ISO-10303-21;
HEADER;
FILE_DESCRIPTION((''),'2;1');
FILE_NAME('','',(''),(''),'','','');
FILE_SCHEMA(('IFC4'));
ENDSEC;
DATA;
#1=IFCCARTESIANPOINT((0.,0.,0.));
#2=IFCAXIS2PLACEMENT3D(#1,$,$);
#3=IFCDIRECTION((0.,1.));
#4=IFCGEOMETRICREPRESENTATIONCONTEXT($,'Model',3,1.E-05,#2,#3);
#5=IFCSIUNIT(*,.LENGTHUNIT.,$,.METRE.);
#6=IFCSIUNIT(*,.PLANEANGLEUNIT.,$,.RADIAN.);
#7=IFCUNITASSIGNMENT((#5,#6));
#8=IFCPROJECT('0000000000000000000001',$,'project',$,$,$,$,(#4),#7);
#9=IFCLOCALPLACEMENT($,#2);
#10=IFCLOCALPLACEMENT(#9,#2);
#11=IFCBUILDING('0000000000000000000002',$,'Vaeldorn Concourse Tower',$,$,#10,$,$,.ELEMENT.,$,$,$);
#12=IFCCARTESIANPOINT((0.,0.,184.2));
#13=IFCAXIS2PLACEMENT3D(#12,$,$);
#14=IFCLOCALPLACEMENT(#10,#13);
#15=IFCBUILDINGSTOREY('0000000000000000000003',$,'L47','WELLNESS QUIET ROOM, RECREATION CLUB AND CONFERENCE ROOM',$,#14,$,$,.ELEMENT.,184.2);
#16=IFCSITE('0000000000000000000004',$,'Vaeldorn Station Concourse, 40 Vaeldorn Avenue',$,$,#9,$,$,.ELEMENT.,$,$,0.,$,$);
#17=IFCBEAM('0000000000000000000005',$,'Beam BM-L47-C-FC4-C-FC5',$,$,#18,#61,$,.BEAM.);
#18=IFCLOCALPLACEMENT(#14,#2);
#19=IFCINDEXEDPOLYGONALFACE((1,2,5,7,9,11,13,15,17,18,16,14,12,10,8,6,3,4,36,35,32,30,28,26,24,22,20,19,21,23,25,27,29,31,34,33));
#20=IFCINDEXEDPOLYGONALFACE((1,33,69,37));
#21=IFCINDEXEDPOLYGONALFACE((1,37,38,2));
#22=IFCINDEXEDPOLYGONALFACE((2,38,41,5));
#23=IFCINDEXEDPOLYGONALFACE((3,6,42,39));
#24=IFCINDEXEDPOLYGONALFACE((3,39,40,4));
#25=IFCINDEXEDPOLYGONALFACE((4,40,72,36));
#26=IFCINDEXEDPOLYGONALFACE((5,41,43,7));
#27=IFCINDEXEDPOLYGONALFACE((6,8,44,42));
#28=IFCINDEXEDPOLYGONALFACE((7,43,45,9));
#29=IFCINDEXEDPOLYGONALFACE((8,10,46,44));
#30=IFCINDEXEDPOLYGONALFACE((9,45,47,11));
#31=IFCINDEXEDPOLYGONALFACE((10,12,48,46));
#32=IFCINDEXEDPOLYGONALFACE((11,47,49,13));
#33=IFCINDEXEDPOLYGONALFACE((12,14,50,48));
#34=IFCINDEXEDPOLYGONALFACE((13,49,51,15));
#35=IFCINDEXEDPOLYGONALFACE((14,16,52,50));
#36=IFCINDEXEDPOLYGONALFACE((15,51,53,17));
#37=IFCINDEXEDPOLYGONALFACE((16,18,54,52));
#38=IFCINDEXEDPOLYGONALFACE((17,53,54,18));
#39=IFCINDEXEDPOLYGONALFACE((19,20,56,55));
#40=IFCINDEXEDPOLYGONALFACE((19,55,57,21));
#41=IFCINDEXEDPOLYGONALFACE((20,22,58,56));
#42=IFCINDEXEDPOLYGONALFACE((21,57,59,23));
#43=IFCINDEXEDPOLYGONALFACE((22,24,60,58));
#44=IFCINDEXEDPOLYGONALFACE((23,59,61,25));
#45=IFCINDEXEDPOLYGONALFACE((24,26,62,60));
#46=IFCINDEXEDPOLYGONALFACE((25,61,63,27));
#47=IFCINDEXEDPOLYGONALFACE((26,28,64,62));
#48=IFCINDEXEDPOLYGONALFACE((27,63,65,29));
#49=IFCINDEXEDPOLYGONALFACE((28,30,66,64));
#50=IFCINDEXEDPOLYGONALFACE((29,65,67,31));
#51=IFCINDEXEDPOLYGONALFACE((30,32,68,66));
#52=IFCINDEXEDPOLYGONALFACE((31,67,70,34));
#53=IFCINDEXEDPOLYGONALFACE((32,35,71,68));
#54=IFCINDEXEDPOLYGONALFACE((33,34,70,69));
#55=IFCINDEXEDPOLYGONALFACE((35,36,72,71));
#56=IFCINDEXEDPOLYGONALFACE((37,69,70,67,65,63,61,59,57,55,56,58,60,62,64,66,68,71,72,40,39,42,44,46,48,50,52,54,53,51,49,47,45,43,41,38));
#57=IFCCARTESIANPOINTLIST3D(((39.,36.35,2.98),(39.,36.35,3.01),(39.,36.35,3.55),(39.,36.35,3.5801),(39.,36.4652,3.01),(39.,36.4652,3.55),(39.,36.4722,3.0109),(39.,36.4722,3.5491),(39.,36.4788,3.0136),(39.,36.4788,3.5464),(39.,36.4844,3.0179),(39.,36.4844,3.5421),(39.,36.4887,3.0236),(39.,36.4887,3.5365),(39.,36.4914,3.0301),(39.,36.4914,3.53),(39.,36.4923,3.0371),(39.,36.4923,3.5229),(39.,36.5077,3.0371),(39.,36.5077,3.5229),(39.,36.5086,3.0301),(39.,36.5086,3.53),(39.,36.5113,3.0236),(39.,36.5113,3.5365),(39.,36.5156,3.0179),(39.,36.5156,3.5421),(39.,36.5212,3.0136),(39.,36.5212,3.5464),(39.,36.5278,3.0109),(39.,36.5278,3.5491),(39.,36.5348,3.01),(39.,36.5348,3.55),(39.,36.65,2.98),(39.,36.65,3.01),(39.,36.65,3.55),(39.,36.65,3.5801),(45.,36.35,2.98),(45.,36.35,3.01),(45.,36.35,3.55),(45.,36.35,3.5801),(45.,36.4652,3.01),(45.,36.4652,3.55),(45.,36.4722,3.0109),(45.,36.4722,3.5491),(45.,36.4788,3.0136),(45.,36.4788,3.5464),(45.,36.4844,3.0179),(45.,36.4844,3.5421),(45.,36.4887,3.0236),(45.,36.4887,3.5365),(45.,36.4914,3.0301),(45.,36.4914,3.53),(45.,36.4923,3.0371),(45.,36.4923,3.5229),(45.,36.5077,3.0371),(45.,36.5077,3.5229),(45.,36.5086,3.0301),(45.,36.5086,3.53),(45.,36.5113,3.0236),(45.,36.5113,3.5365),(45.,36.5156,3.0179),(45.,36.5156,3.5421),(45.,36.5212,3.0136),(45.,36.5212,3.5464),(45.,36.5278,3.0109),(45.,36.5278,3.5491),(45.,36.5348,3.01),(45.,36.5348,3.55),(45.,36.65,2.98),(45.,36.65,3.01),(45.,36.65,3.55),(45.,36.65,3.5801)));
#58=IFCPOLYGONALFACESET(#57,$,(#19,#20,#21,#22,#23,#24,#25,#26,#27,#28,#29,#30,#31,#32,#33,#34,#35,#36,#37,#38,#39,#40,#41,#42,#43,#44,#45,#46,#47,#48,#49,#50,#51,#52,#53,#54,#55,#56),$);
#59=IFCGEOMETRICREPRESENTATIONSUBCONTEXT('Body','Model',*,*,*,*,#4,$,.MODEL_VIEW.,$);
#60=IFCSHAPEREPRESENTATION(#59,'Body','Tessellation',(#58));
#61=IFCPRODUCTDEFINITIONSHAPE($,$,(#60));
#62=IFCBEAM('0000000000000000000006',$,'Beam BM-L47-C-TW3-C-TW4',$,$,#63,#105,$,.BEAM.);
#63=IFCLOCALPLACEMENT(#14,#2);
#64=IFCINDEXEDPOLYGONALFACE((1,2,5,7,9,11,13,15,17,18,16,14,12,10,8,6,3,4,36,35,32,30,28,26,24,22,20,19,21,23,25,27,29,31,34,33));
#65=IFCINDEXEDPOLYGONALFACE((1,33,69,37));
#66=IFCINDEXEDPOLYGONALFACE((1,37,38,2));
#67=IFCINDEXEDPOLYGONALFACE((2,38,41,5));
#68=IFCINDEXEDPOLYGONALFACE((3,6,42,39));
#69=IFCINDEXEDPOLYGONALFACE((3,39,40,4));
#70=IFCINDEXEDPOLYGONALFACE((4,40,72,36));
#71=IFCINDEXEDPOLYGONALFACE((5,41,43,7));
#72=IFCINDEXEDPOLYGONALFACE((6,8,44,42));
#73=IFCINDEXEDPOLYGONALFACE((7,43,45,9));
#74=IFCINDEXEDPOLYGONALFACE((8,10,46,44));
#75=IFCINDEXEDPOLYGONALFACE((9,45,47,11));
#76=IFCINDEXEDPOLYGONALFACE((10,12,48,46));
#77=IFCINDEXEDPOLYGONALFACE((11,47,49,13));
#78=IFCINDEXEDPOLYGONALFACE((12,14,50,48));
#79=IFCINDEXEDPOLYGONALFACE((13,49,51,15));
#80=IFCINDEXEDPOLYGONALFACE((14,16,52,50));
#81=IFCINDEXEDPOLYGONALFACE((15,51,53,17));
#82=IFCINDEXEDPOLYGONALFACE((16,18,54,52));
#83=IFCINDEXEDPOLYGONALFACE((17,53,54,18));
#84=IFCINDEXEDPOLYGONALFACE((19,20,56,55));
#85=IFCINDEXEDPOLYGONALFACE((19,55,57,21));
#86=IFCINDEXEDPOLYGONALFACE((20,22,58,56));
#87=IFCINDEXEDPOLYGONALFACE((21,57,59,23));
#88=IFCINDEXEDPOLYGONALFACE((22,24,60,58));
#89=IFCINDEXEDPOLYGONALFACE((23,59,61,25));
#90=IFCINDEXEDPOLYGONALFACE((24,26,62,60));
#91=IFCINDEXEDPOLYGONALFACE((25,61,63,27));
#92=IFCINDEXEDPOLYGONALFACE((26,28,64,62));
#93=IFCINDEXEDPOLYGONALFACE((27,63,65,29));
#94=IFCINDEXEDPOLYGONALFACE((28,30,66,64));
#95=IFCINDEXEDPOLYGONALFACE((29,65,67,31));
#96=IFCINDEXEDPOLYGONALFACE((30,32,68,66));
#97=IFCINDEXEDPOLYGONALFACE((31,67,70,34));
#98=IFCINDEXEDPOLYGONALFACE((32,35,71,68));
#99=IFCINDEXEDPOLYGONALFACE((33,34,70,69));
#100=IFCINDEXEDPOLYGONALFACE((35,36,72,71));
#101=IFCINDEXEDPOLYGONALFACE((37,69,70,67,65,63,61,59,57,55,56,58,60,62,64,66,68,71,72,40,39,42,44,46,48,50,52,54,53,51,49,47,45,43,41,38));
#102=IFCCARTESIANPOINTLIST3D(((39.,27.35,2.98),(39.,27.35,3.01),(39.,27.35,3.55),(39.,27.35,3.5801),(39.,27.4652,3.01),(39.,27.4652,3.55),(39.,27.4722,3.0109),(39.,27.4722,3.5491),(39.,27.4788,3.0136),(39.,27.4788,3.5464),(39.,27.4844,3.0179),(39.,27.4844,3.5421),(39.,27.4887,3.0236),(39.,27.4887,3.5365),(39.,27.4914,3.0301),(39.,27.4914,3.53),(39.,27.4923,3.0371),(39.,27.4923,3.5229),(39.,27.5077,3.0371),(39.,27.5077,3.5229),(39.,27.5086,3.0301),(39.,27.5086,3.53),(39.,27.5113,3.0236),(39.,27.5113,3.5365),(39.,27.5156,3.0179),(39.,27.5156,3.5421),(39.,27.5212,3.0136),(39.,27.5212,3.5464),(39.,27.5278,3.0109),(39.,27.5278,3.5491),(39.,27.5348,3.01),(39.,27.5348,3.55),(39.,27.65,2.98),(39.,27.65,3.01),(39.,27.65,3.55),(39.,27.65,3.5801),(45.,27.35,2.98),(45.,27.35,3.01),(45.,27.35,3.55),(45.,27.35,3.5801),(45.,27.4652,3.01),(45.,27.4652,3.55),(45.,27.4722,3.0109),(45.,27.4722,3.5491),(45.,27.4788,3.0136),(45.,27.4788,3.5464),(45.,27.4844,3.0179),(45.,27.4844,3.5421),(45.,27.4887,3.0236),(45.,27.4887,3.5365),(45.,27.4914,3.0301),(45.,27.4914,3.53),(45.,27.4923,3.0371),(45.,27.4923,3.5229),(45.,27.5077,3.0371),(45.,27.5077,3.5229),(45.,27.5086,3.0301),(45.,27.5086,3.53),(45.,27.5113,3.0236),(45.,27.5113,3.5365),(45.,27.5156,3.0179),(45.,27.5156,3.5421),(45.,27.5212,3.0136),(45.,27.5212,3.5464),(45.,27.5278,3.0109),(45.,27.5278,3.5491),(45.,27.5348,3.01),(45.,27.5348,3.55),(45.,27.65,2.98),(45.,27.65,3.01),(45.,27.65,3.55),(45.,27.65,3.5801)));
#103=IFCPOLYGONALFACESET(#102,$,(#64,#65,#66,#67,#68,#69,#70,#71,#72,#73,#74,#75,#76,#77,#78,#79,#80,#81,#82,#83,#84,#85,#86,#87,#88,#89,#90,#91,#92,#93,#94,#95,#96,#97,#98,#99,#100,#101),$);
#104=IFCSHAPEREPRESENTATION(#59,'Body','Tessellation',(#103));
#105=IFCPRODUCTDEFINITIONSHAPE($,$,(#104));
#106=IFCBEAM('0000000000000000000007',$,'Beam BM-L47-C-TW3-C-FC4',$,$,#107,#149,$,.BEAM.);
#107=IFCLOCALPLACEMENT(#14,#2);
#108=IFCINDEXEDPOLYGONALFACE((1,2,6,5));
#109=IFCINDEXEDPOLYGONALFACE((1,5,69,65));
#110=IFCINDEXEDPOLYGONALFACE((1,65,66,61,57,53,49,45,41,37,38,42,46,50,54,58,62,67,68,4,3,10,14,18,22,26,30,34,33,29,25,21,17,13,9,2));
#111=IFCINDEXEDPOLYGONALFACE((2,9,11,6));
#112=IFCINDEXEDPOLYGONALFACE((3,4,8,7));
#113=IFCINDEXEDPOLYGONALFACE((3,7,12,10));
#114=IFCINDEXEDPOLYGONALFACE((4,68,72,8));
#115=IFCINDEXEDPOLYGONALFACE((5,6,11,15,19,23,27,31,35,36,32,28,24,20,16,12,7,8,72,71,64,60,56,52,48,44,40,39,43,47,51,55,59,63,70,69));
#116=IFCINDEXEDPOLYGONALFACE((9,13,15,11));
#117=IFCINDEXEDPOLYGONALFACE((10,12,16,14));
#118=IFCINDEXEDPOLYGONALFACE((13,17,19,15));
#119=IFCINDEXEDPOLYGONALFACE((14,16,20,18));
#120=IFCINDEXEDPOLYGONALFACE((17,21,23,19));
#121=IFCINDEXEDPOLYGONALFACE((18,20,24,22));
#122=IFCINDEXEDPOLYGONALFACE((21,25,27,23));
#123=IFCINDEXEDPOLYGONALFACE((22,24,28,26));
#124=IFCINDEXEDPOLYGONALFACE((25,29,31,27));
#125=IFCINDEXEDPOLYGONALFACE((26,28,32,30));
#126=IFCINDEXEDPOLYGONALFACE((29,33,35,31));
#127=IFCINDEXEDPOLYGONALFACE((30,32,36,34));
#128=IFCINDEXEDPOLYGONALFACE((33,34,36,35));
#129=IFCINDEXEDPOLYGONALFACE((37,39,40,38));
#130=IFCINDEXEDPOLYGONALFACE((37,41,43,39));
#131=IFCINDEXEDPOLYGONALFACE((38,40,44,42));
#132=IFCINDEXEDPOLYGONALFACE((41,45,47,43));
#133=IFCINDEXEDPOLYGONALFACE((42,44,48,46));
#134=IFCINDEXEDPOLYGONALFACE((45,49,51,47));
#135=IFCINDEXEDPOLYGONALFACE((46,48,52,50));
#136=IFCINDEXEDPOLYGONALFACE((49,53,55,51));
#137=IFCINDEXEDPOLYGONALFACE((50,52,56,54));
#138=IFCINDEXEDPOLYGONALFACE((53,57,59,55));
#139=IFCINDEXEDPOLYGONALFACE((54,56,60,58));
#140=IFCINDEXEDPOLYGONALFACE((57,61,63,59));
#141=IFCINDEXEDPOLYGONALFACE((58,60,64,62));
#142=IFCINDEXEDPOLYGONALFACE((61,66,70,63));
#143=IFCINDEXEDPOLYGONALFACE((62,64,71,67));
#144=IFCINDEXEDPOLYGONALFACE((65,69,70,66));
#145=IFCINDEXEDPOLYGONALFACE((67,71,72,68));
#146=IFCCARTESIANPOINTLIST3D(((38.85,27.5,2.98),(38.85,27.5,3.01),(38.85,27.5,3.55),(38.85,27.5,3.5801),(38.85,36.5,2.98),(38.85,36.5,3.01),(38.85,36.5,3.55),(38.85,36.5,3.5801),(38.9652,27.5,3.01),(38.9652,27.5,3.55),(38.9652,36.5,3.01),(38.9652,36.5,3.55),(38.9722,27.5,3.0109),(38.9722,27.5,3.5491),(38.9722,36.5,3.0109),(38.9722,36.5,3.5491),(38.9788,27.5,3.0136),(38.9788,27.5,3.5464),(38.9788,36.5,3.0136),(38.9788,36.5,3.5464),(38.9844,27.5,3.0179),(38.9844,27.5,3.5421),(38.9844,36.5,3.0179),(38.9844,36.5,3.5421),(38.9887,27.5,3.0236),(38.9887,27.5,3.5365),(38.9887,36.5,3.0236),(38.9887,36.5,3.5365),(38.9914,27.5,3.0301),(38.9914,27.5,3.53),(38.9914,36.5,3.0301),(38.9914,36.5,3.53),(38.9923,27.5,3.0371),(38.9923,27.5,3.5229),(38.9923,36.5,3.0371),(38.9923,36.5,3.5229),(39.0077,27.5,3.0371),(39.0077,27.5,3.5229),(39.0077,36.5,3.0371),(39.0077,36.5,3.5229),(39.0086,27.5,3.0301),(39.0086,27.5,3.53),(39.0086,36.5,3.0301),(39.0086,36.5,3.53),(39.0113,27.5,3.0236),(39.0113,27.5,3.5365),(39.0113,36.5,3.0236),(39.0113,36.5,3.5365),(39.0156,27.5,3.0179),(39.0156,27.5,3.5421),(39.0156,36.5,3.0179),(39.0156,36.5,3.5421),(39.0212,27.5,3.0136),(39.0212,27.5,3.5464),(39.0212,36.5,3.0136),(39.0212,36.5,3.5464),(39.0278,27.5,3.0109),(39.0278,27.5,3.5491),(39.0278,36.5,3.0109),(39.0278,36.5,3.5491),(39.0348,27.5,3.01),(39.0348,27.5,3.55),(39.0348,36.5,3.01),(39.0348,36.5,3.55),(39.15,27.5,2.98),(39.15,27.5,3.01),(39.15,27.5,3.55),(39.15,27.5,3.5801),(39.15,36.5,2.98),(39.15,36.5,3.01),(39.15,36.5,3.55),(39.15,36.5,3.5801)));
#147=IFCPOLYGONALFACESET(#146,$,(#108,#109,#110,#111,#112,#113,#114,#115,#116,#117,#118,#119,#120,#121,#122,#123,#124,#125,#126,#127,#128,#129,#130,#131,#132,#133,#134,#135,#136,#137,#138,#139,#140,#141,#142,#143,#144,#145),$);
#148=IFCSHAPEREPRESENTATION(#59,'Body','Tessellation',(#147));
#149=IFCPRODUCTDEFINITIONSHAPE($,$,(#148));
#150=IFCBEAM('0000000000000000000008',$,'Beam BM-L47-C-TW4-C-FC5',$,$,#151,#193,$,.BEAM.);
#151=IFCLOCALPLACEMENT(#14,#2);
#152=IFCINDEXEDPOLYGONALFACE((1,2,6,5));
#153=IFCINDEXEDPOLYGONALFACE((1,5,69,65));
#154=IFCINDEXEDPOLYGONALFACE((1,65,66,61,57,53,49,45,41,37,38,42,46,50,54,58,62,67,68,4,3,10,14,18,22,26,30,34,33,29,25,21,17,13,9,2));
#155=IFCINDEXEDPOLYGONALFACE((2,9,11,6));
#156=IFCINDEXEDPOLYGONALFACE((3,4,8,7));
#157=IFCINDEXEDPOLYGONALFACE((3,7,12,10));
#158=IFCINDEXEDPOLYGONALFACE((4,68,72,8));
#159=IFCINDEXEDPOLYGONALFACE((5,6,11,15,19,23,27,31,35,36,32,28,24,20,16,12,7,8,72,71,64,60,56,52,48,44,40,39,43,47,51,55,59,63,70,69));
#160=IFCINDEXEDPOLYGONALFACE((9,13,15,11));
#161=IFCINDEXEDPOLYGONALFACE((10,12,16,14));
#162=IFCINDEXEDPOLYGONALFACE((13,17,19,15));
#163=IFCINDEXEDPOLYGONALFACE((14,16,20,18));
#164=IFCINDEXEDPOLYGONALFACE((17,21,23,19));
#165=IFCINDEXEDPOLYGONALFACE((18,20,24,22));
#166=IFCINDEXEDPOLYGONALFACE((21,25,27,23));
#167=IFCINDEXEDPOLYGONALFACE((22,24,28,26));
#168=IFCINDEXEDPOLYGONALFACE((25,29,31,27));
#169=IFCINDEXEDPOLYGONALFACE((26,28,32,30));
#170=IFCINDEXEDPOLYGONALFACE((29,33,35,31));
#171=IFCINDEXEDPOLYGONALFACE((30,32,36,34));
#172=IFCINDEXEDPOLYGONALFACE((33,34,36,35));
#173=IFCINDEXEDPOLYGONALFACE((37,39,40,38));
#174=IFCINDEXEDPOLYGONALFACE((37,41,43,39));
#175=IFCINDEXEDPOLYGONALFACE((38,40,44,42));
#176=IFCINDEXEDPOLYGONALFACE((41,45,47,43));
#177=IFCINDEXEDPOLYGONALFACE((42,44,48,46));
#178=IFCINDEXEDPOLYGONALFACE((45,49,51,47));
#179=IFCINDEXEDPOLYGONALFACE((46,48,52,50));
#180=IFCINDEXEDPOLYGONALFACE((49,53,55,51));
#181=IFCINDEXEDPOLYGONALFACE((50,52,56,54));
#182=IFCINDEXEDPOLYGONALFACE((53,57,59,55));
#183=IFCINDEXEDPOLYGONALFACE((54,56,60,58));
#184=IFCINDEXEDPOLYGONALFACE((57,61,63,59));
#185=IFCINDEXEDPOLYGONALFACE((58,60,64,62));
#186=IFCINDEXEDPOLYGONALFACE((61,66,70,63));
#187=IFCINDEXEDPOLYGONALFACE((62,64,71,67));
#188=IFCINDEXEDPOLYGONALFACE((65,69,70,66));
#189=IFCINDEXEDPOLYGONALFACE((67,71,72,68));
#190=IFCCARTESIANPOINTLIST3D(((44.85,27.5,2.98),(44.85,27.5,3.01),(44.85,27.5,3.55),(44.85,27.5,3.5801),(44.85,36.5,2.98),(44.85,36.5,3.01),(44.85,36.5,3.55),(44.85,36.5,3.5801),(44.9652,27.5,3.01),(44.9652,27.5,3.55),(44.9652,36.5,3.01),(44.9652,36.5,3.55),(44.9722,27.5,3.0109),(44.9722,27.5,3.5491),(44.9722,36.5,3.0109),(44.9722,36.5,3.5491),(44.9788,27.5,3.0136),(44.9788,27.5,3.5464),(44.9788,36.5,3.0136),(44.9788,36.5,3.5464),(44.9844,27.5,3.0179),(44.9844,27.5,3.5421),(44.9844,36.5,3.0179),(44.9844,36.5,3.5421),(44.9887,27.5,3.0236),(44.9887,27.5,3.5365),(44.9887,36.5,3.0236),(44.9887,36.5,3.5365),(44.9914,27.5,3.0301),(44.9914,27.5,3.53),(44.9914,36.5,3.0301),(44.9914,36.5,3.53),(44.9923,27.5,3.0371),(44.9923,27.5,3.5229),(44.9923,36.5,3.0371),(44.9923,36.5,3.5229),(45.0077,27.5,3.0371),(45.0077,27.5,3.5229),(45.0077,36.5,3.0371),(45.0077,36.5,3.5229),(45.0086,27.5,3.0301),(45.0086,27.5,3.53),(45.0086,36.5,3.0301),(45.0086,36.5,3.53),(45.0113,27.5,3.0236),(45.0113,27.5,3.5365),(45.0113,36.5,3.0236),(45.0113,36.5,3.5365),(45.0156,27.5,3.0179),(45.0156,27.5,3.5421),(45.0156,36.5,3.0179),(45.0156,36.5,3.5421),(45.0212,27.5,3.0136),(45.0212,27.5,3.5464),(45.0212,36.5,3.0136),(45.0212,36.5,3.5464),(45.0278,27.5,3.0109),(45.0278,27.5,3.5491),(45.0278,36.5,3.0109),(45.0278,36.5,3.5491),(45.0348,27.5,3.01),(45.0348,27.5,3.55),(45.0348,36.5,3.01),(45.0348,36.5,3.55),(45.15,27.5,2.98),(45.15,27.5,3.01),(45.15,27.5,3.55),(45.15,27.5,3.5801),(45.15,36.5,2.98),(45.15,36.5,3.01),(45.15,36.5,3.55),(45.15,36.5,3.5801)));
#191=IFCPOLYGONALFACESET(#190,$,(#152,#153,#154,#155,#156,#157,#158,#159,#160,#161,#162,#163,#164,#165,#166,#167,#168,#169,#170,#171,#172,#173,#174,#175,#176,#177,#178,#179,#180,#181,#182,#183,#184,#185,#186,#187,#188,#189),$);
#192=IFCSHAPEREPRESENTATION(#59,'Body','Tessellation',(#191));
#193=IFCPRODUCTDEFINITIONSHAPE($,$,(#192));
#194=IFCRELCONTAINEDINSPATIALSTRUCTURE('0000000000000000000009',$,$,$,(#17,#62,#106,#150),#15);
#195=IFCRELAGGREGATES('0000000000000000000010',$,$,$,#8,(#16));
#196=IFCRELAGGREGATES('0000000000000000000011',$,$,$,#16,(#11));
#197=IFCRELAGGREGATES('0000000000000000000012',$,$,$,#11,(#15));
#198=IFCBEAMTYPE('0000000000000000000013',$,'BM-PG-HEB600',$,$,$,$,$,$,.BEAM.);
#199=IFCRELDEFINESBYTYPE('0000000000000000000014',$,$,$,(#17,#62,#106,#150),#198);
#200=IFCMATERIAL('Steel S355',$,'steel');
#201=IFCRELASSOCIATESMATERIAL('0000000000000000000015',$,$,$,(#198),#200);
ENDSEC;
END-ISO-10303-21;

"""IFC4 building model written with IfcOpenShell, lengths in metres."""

from ifc_helpers import new_model, si_unit, direction, frame, origin, origin_2d, place, context, subcontext, project, spatial, i_section, extrude, source, transform, mapped, material, material_profile, profile_set, type_object, element, save


model = new_model("IFC4")

# Units and contexts
model_context = context("Model", 3, precision=1e-05, world=origin(), true_north=direction((0.0, 1.0)))
body_context = subcontext(model_context, "Body", "Model", "MODEL_VIEW")
ifc_project = project(units=[si_unit("LENGTHUNIT", "METRE"), si_unit("PLANEANGLEUNIT", "RADIAN")], contexts=[model_context])

# Site, building, storey
site_placement = place(None, origin())
site = spatial("IfcSite", under=ifc_project, at=site_placement, Name="Vaeldorn Station Concourse, 40 Vaeldorn Avenue", CompositionType="ELEMENT", RefElevation=0.0)
building_placement = place(site_placement, origin())
building = spatial("IfcBuilding", under=site, at=building_placement, Name="Vaeldorn Concourse Tower", CompositionType="ELEMENT")
storey_placement = place(building_placement, frame((0.0, 0.0, 184.2)))
storey = spatial("IfcBuildingStorey", under=building, at=storey_placement, Name="L47", Description="WELLNESS QUIET ROOM, RECREATION CLUB AND CONFERENCE ROOM", CompositionType="ELEMENT", Elevation=184.2)

# Shared definitions
ifc_material_1 = material(Name="Steel S355", Category="steel")

# Beams
ifc_material_profile_1 = material_profile(ifc_material_1, i_section(OverallWidth=0.3, OverallDepth=0.6001, WebThickness=0.0154, FlangeThickness=0.03, FilletRadius=0.0271, at=origin_2d()), Name="HEB 600")
ifc_profile_set_1 = profile_set([ifc_material_profile_1], Name="Steel S355")
beam_type_1 = type_object("IfcBeamType", Name="BM-PG-HEB600", PredefinedType="BEAM", material=ifc_profile_set_1)
shared_shape_1 = source(origin(), body_context, "Body", "SweptSolid", [
    extrude(i_section(OverallWidth=0.3, OverallDepth=0.6001, WebThickness=0.0154, FlangeThickness=0.03, FilletRadius=0.0271, at=origin_2d()), origin(), (0.0, 0.0, 1.0), 6.0),
])
for number, where, z_axis, x_axis, name in (
    (1, (39.0, 36.5, 3.28), (1.0, 0.0, 0.0), (0.0, 1.0, 0.0), "Beam BM-L47-C-FC4-C-FC5"),
    (2, (39.0, 27.5, 3.28), (1.0, 0.0, 0.0), (0.0, 1.0, 0.0), "Beam BM-L47-C-TW3-C-TW4"),
):
    element("IfcBeam", number, at=place(storey_placement, frame(where, z_axis=z_axis, x_axis=x_axis)), inside=storey, type_object=beam_type_1, Name=name, PredefinedType="BEAM", context=body_context, shape_type="MappedRepresentation", body=[
        mapped(shared_shape_1, transform((0.0, 0.0, 0.0), scale=1.0)),
    ])
shared_shape_2 = source(origin(), body_context, "Body", "SweptSolid", [
    extrude(i_section(OverallWidth=0.3, OverallDepth=0.6001, WebThickness=0.0154, FlangeThickness=0.03, FilletRadius=0.0271, at=origin_2d()), origin(), (0.0, 0.0, 1.0), 9.0),
])
for number, where, z_axis, x_axis, name in (
    (3, (39.0, 27.5, 3.28), (0.0, 1.0, 0.0), (-1.0, 0.0, 0.0), "Beam BM-L47-C-TW3-C-FC4"),
    (4, (45.0, 27.5, 3.28), (0.0, 1.0, 0.0), (-1.0, 0.0, 0.0), "Beam BM-L47-C-TW4-C-FC5"),
):
    element("IfcBeam", number, at=place(storey_placement, frame(where, z_axis=z_axis, x_axis=x_axis)), inside=storey, type_object=beam_type_1, Name=name, PredefinedType="BEAM", context=body_context, shape_type="MappedRepresentation", body=[
        mapped(shared_shape_2, transform((0.0, 0.0, 0.0), scale=1.0)),
    ])

save(model, "model.ifc")
